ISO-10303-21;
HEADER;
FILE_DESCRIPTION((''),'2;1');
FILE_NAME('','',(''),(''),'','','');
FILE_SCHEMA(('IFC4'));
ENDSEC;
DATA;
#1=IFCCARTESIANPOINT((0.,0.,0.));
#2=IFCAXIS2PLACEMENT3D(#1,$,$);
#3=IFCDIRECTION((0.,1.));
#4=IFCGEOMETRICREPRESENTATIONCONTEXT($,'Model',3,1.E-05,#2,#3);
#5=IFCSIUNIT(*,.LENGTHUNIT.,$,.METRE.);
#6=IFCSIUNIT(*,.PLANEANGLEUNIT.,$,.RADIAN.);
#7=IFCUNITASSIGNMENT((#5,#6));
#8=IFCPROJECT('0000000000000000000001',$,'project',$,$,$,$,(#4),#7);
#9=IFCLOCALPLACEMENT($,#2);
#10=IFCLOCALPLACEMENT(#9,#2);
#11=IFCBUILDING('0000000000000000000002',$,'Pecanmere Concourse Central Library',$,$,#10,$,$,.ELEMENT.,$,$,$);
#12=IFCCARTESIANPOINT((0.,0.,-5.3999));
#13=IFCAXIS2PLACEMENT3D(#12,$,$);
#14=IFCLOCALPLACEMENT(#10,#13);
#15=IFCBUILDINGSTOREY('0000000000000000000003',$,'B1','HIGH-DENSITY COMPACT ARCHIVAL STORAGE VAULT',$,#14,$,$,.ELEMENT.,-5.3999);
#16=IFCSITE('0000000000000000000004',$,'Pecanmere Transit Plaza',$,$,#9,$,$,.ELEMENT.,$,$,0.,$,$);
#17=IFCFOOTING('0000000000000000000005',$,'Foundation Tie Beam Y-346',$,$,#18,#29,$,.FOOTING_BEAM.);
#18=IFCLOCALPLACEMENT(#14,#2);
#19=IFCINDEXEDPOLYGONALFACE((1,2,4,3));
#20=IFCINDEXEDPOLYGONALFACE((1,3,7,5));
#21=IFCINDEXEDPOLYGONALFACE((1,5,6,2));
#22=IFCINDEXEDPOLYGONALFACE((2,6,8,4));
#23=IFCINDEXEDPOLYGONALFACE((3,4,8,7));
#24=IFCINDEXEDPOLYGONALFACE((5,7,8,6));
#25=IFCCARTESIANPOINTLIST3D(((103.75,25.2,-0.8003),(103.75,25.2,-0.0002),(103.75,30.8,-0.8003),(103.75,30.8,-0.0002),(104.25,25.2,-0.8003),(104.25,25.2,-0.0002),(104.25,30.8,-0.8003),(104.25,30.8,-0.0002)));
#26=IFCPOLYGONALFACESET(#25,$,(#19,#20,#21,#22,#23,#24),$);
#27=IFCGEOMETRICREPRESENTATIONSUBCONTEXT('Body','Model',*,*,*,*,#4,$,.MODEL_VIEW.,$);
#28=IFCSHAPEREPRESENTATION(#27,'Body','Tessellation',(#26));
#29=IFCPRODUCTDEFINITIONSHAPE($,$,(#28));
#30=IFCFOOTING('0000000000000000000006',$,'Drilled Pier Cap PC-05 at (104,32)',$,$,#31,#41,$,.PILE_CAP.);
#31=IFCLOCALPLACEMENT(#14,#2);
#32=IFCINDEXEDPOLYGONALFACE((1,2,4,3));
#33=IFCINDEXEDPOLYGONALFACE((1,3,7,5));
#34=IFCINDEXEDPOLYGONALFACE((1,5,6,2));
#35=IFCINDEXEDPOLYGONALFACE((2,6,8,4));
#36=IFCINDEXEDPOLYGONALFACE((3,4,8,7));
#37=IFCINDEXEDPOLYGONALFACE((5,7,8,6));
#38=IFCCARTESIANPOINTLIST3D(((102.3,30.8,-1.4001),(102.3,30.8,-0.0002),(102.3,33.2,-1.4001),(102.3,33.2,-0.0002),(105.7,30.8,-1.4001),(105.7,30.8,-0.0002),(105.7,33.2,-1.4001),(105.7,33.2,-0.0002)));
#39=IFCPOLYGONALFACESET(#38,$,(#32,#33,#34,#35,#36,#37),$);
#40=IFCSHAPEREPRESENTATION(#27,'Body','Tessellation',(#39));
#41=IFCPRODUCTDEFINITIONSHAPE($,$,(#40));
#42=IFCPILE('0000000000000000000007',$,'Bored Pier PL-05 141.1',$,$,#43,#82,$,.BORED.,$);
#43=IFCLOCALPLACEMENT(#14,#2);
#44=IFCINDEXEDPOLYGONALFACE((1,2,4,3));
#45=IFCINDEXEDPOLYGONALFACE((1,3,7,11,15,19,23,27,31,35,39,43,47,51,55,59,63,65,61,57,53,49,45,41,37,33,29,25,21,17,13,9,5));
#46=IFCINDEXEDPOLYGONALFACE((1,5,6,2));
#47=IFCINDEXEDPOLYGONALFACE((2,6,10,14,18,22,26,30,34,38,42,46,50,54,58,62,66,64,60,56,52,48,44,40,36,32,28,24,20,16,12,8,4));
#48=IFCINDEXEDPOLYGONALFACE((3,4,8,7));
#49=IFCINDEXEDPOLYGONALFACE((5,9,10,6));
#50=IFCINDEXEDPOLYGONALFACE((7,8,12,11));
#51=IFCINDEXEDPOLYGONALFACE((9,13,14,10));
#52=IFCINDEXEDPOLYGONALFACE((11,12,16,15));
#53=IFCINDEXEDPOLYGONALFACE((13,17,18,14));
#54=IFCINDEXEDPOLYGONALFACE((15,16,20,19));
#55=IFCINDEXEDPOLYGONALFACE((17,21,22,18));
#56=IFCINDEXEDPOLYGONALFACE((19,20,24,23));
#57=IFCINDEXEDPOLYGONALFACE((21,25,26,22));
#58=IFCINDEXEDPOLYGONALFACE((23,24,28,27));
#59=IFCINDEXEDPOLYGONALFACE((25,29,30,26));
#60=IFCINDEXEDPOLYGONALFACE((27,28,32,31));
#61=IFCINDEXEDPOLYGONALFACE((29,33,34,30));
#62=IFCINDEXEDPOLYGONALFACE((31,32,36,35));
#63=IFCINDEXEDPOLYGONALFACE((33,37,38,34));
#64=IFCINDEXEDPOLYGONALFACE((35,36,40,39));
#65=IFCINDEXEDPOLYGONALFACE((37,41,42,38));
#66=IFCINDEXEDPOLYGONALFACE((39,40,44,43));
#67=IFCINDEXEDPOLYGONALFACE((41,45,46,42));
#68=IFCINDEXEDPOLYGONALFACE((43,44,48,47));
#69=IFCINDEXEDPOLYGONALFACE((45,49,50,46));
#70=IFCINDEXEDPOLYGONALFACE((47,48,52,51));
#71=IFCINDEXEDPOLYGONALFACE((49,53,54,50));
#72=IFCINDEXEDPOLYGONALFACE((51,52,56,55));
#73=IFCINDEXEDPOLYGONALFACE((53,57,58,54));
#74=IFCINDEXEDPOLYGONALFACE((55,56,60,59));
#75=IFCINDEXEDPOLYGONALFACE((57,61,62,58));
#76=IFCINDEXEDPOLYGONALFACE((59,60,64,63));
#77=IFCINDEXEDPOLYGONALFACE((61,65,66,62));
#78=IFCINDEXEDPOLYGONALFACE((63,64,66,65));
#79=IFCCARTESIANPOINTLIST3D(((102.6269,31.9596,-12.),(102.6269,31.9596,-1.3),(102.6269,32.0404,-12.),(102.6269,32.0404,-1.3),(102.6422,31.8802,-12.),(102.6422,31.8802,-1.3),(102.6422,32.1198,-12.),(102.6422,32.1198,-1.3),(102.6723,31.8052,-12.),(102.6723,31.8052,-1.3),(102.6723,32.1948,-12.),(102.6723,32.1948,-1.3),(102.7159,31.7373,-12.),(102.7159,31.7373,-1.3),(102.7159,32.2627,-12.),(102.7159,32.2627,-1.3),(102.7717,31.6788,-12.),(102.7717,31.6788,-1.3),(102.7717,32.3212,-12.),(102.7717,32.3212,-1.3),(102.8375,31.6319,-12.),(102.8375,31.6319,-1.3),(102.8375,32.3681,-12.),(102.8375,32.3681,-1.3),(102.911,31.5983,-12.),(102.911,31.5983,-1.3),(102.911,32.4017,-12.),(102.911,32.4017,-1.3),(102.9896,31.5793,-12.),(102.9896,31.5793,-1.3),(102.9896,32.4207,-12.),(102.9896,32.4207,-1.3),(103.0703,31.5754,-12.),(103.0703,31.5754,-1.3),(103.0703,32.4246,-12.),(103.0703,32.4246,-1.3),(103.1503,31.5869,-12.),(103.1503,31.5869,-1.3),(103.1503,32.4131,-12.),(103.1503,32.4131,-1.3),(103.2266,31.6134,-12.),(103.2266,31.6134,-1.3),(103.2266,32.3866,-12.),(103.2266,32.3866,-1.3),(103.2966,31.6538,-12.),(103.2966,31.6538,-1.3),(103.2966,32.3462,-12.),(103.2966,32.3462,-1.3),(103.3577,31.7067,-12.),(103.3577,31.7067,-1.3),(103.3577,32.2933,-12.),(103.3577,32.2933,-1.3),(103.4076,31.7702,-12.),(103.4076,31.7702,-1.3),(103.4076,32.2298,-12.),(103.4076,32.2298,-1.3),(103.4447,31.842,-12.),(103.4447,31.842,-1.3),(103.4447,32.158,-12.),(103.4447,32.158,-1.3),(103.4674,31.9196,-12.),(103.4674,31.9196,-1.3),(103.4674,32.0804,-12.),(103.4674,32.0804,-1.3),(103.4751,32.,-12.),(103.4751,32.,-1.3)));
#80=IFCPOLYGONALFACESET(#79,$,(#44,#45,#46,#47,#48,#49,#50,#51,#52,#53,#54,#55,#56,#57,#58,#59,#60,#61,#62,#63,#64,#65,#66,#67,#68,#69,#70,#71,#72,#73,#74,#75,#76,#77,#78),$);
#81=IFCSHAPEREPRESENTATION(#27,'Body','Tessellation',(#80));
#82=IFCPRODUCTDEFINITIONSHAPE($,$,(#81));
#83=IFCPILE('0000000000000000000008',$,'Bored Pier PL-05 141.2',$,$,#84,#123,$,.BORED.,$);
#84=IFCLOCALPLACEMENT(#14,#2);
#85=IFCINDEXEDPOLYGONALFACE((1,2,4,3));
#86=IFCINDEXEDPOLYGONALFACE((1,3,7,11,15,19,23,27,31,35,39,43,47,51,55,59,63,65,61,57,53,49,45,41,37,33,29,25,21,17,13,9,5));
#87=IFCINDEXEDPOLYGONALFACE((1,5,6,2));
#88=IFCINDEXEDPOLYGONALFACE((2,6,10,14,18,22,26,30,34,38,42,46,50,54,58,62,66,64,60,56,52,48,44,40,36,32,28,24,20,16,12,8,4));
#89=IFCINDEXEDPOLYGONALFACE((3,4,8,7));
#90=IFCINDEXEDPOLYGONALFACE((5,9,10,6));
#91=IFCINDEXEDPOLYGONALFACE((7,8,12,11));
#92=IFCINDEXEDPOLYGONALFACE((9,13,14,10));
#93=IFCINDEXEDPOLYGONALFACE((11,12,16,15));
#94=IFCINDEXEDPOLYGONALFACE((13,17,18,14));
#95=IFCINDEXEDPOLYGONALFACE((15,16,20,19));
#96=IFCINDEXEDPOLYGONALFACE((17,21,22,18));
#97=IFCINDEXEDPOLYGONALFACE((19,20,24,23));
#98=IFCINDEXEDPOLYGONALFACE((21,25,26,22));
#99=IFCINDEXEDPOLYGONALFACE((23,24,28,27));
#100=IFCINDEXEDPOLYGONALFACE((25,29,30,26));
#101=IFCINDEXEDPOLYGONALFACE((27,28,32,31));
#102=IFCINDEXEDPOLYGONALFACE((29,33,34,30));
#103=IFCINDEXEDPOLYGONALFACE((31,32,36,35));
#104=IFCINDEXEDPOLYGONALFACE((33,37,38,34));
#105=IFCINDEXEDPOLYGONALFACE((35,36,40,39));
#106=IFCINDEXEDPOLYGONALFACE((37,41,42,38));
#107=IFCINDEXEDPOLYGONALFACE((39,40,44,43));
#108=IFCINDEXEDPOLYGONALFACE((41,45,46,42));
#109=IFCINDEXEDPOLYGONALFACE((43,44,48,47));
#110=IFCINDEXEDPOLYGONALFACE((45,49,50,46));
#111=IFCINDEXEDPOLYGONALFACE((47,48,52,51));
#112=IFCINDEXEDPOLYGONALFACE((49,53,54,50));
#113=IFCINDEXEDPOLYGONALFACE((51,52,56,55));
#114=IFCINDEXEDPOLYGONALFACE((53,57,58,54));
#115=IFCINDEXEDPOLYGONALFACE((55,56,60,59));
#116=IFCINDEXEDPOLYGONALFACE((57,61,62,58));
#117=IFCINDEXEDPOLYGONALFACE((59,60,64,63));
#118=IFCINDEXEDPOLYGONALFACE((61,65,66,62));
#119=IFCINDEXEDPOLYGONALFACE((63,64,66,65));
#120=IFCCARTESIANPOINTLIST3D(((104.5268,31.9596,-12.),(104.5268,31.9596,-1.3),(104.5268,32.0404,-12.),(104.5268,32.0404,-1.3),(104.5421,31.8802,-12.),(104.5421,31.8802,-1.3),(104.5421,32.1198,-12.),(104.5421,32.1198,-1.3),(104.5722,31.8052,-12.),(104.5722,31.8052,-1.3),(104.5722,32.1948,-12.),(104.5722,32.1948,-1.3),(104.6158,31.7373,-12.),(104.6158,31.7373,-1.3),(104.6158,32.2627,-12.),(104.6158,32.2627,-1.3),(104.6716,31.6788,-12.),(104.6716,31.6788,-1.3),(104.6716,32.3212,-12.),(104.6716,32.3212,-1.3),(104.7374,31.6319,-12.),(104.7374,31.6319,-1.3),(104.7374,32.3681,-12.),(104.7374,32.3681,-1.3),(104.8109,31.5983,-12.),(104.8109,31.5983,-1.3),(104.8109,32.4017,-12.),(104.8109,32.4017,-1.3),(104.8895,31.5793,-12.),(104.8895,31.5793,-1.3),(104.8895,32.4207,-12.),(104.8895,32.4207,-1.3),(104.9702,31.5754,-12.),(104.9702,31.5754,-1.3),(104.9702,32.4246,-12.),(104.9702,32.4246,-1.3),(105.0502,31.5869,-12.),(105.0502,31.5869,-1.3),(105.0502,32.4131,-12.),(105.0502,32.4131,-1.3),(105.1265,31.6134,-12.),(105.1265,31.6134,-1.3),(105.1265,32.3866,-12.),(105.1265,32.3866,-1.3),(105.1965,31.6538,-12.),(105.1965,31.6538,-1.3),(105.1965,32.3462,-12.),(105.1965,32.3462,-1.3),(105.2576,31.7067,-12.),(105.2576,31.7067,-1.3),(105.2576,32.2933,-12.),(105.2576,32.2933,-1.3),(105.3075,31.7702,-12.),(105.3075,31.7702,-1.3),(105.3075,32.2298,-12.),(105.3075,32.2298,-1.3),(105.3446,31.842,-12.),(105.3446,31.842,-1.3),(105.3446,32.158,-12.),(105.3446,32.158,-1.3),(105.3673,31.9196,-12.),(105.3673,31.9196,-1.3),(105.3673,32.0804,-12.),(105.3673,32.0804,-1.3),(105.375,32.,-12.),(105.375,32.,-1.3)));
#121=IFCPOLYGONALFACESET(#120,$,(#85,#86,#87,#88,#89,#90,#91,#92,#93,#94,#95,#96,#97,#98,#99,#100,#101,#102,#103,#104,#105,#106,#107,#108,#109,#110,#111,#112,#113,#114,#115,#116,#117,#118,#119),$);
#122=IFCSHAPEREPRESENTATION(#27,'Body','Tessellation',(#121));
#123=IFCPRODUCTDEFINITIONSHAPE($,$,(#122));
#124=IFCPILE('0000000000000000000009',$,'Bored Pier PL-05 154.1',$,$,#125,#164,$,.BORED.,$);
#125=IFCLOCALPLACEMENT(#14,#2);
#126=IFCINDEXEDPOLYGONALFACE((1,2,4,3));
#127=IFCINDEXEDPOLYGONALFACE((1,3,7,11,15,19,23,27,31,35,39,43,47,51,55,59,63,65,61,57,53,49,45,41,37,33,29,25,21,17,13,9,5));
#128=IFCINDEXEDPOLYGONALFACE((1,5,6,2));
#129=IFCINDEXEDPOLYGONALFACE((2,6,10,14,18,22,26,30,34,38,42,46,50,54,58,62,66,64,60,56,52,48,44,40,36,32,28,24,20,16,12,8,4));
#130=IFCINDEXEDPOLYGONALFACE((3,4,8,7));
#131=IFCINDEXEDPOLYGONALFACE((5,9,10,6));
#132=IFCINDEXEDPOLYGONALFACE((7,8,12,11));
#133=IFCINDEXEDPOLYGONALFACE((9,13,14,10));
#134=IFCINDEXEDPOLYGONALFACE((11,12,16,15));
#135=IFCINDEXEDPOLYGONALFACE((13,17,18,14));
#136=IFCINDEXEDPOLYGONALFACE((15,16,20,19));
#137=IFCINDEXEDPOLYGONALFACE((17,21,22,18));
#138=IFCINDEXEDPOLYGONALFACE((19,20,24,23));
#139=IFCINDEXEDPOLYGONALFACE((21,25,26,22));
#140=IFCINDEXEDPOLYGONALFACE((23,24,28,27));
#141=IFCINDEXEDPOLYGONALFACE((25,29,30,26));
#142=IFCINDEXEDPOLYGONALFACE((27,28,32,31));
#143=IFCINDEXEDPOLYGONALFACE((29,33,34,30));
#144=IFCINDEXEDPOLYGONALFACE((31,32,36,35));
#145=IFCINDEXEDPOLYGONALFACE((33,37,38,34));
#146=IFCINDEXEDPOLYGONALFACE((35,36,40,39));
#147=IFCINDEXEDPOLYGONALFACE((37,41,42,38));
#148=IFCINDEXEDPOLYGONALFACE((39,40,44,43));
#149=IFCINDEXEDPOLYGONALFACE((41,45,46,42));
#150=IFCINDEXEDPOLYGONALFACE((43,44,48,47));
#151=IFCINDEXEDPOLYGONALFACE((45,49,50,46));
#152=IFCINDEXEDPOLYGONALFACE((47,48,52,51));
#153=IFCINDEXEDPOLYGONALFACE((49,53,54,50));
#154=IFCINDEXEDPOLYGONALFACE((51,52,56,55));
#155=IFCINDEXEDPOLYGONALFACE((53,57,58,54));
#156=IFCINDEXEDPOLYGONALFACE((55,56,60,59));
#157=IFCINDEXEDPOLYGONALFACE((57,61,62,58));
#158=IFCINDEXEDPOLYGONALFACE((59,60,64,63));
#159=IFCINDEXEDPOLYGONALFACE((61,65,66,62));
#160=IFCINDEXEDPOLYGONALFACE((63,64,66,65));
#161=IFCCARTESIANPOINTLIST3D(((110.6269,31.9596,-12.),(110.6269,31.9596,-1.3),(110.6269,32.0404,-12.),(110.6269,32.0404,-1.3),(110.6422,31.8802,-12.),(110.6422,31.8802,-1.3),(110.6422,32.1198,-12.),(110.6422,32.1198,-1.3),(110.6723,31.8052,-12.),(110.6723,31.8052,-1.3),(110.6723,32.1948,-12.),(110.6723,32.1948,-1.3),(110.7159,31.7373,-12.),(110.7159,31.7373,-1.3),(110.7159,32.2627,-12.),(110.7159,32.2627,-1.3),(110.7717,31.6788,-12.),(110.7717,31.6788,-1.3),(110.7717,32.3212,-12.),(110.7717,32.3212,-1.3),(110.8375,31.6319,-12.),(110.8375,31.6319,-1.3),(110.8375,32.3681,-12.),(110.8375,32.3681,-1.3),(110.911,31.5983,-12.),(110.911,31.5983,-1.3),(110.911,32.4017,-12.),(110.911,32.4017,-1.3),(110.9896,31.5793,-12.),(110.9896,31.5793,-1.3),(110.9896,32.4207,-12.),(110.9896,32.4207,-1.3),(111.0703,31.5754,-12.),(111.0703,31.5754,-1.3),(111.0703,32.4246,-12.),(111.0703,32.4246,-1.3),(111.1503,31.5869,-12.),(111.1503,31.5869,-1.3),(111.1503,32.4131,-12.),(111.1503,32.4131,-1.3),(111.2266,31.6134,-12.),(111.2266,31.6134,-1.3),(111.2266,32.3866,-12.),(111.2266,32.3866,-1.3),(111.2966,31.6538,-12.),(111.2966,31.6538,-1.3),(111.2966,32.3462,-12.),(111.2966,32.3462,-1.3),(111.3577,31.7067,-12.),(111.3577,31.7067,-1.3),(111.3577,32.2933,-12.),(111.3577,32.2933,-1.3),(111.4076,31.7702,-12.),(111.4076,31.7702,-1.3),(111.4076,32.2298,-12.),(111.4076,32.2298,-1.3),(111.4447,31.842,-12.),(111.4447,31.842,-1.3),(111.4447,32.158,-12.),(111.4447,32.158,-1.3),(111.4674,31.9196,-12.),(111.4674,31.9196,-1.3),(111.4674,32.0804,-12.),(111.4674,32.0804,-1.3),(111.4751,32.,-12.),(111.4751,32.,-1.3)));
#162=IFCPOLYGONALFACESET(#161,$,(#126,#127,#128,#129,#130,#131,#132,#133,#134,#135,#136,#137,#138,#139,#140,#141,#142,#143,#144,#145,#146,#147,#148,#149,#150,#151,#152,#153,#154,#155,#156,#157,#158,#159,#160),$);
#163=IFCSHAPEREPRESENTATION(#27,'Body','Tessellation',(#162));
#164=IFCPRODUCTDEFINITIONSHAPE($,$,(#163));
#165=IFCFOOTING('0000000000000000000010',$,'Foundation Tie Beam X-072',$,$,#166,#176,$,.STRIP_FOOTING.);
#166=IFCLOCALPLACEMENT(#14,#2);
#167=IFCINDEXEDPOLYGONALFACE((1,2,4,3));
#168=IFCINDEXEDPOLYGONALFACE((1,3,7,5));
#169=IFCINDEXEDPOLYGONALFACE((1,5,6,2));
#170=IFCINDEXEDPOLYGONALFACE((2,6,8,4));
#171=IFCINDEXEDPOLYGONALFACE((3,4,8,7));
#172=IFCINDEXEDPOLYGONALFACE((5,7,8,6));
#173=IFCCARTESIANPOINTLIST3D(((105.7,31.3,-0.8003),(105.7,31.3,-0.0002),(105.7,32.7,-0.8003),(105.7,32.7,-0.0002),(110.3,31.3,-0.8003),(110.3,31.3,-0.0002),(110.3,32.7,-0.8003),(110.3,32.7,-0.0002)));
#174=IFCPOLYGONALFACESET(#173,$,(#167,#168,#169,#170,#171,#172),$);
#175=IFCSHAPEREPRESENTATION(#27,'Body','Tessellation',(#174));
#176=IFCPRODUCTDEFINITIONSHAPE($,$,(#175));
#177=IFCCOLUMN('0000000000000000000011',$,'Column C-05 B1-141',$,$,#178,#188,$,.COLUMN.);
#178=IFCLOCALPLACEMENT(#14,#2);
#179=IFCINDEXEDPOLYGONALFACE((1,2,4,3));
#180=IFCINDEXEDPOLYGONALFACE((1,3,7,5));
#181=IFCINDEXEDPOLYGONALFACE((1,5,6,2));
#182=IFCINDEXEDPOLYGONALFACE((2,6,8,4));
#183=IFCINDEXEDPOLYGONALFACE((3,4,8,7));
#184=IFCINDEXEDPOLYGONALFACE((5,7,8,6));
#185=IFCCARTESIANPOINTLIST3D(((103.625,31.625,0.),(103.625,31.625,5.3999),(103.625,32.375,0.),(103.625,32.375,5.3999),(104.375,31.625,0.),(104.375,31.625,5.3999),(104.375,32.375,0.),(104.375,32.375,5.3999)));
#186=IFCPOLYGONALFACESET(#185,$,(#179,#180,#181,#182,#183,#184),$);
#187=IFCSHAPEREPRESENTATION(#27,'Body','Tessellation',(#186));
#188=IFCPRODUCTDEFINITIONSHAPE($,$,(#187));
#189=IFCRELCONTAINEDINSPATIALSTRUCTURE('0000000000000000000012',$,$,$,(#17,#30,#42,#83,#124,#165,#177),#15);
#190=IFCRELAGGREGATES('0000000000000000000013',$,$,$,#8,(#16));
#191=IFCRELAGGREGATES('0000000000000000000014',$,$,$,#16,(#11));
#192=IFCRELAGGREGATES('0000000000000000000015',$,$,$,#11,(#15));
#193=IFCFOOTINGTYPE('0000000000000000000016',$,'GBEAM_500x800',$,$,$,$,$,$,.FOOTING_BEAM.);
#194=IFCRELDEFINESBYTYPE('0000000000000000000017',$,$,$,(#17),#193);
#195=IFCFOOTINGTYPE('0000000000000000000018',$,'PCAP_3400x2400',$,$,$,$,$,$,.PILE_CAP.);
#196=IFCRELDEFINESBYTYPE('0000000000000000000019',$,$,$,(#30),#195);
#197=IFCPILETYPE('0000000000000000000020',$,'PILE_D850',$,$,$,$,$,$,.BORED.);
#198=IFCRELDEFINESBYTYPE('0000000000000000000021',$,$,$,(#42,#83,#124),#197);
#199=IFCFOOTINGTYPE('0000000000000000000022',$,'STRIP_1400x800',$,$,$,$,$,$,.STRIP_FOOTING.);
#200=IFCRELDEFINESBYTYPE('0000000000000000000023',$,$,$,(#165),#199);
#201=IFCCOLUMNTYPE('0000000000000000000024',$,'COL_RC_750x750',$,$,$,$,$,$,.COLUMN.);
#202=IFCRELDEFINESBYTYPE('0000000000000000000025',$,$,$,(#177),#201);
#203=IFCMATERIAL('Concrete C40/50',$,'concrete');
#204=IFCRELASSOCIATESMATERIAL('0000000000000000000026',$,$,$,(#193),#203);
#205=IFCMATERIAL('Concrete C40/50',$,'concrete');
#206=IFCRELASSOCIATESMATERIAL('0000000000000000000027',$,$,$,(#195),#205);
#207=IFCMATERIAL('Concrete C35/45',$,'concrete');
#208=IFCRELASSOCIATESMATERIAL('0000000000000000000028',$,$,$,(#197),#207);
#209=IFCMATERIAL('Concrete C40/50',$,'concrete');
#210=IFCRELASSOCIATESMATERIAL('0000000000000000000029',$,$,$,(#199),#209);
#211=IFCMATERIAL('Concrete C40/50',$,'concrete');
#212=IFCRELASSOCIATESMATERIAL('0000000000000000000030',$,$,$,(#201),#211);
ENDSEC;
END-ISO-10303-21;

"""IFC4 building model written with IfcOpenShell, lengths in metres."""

from ifc_helpers import new_model, si_unit, direction, frame, origin, origin_2d, place, context, subcontext, project, spatial, rectangle, circle, extrude, material, material_profile, profile_set, type_object, element, save


model = new_model("IFC4")

# Units and contexts
model_context = context("Model", 3, precision=1e-05, world=origin(), true_north=direction((0.0, 1.0)))
body_context = subcontext(model_context, "Body", "Model", "MODEL_VIEW")
ifc_project = project(units=[si_unit("LENGTHUNIT", "METRE"), si_unit("PLANEANGLEUNIT", "RADIAN")], contexts=[model_context])

# Site, building, storey
site_placement = place(None, origin())
site = spatial("IfcSite", under=ifc_project, at=site_placement, Name="Pecanmere Transit Plaza", CompositionType="ELEMENT", RefElevation=0.0)
building_placement = place(site_placement, origin())
building = spatial("IfcBuilding", under=site, at=building_placement, Name="Pecanmere Concourse Central Library", CompositionType="ELEMENT")
storey_placement = place(building_placement, frame((0.0, 0.0, -5.3999)))
storey = spatial("IfcBuildingStorey", under=building, at=storey_placement, Name="B1", Description="HIGH-DENSITY COMPACT ARCHIVAL STORAGE VAULT", CompositionType="ELEMENT", Elevation=-5.3999)

# Footings
ifc_material_1 = material(Name="Concrete C40/50", Category="concrete")
ifc_material_profile_1 = material_profile(ifc_material_1, rectangle(XDim=0.5, YDim=0.8, at=origin_2d()), Name="RC 500x800")
ifc_profile_set_1 = profile_set([ifc_material_profile_1], Name="Concrete C40/50")
footing_type_1 = type_object("IfcFootingType", Name="GBEAM_500x800", PredefinedType="FOOTING_BEAM", material=ifc_profile_set_1)
footing_1_placement = place(storey_placement, frame((104.0, 28.0, -0.8003), z_axis=(0.0, 0.0, 1.0), x_axis=(0.0, 1.0, 0.0)))
element("IfcFooting", 1, at=footing_1_placement, inside=storey, type_object=footing_type_1, Name="Foundation Tie Beam Y-346", PredefinedType="FOOTING_BEAM", context=body_context, shape_type="SweptSolid", body=[
    extrude(rectangle(XDim=5.6001, YDim=0.5, at=origin_2d()), origin(), (0.0, 0.0, 1.0), 0.8),
])
ifc_material_2 = material(Name="Concrete C40/50", Category="concrete")
footing_type_2 = type_object("IfcFootingType", Name="PCAP_3400x2400", PredefinedType="PILE_CAP", material=ifc_material_2)
footing_2_placement = place(storey_placement, frame((104.0, 32.0, -1.4001), z_axis=(0.0, 0.0, 1.0), x_axis=(1.0, 0.0, 0.0)))
element("IfcFooting", 2, at=footing_2_placement, inside=storey, type_object=footing_type_2, Name="Drilled Pier Cap PC-05 at (104,32)", PredefinedType="PILE_CAP", context=body_context, shape_type="SweptSolid", body=[
    extrude(rectangle(XDim=3.3999, YDim=2.3999, at=origin_2d()), origin(), (0.0, 0.0, 1.0), 1.3999),
])

# Piles
ifc_material_3 = material(Name="Concrete C35/45", Category="concrete")
ifc_material_profile_2 = material_profile(ifc_material_3, circle(Radius=0.425, at=origin_2d()), Name="PIER D850")
ifc_profile_set_2 = profile_set([ifc_material_profile_2], Name="Concrete C35/45")
pile_type = type_object("IfcPileType", Name="PILE_D850", PredefinedType="BORED", material=ifc_profile_set_2)
for number, where, z_axis, x_axis, name in (
    (3, (103.05, 32.0, -1.3), (0.0, 0.0, -1.0), (1.0, 0.0, 0.0), "Bored Pier PL-05 141.1"),
    (4, (104.95, 32.0, -1.3), (0.0, 0.0, -1.0), (1.0, 0.0, 0.0), "Bored Pier PL-05 141.2"),
    (5, (111.05, 32.0, -1.3), (0.0, 0.0, -1.0), (1.0, 0.0, 0.0), "Bored Pier PL-05 154.1"),
):
    element("IfcPile", number, at=place(storey_placement, frame(where, z_axis=z_axis, x_axis=x_axis)), inside=storey, type_object=pile_type, Name=name, PredefinedType="BORED", context=body_context, shape_type="SweptSolid", body=[
        extrude(circle(Radius=0.425, at=origin_2d()), origin(), (0.0, 0.0, 1.0), 10.7),
    ])

# Footing
ifc_material_4 = material(Name="Concrete C40/50", Category="concrete")
ifc_material_profile_3 = material_profile(ifc_material_4, rectangle(XDim=1.3999, YDim=0.8, at=origin_2d()), Name="RC 1400x800")
ifc_profile_set_3 = profile_set([ifc_material_profile_3], Name="Concrete C40/50")
footing_type_3 = type_object("IfcFootingType", Name="STRIP_1400x800", PredefinedType="STRIP_FOOTING", material=ifc_profile_set_3)
footing_3_placement = place(storey_placement, frame((108.0, 32.0, -0.8003), z_axis=(0.0, 0.0, 1.0), x_axis=(1.0, 0.0, 0.0)))
element("IfcFooting", 6, at=footing_3_placement, inside=storey, type_object=footing_type_3, Name="Foundation Tie Beam X-072", PredefinedType="STRIP_FOOTING", context=body_context, shape_type="SweptSolid", body=[
    extrude(rectangle(XDim=4.6001, YDim=1.3999, at=origin_2d()), origin(), (0.0, 0.0, 1.0), 0.8),
])

# Column
ifc_material_5 = material(Name="Concrete C40/50", Category="concrete")
ifc_material_profile_4 = material_profile(ifc_material_5, rectangle(XDim=0.75, YDim=0.75, at=origin_2d()), Name="RC 750x750")
ifc_profile_set_4 = profile_set([ifc_material_profile_4], Name="Concrete C40/50")
column_type = type_object("IfcColumnType", Name="COL_RC_750x750", PredefinedType="COLUMN", material=ifc_profile_set_4)
column_placement = place(storey_placement, frame((104.0, 32.0, 0.0), z_axis=(0.0, 0.0, 1.0), x_axis=(1.0, 0.0, 0.0)))
element("IfcColumn", 7, at=column_placement, inside=storey, type_object=column_type, Name="Column C-05 B1-141", PredefinedType="COLUMN", context=body_context, shape_type="SweptSolid", body=[
    extrude(rectangle(XDim=0.75, YDim=0.75, at=origin_2d()), origin(), (0.0, 0.0, 1.0), 5.3999),
])

save(model, "model.ifc")
